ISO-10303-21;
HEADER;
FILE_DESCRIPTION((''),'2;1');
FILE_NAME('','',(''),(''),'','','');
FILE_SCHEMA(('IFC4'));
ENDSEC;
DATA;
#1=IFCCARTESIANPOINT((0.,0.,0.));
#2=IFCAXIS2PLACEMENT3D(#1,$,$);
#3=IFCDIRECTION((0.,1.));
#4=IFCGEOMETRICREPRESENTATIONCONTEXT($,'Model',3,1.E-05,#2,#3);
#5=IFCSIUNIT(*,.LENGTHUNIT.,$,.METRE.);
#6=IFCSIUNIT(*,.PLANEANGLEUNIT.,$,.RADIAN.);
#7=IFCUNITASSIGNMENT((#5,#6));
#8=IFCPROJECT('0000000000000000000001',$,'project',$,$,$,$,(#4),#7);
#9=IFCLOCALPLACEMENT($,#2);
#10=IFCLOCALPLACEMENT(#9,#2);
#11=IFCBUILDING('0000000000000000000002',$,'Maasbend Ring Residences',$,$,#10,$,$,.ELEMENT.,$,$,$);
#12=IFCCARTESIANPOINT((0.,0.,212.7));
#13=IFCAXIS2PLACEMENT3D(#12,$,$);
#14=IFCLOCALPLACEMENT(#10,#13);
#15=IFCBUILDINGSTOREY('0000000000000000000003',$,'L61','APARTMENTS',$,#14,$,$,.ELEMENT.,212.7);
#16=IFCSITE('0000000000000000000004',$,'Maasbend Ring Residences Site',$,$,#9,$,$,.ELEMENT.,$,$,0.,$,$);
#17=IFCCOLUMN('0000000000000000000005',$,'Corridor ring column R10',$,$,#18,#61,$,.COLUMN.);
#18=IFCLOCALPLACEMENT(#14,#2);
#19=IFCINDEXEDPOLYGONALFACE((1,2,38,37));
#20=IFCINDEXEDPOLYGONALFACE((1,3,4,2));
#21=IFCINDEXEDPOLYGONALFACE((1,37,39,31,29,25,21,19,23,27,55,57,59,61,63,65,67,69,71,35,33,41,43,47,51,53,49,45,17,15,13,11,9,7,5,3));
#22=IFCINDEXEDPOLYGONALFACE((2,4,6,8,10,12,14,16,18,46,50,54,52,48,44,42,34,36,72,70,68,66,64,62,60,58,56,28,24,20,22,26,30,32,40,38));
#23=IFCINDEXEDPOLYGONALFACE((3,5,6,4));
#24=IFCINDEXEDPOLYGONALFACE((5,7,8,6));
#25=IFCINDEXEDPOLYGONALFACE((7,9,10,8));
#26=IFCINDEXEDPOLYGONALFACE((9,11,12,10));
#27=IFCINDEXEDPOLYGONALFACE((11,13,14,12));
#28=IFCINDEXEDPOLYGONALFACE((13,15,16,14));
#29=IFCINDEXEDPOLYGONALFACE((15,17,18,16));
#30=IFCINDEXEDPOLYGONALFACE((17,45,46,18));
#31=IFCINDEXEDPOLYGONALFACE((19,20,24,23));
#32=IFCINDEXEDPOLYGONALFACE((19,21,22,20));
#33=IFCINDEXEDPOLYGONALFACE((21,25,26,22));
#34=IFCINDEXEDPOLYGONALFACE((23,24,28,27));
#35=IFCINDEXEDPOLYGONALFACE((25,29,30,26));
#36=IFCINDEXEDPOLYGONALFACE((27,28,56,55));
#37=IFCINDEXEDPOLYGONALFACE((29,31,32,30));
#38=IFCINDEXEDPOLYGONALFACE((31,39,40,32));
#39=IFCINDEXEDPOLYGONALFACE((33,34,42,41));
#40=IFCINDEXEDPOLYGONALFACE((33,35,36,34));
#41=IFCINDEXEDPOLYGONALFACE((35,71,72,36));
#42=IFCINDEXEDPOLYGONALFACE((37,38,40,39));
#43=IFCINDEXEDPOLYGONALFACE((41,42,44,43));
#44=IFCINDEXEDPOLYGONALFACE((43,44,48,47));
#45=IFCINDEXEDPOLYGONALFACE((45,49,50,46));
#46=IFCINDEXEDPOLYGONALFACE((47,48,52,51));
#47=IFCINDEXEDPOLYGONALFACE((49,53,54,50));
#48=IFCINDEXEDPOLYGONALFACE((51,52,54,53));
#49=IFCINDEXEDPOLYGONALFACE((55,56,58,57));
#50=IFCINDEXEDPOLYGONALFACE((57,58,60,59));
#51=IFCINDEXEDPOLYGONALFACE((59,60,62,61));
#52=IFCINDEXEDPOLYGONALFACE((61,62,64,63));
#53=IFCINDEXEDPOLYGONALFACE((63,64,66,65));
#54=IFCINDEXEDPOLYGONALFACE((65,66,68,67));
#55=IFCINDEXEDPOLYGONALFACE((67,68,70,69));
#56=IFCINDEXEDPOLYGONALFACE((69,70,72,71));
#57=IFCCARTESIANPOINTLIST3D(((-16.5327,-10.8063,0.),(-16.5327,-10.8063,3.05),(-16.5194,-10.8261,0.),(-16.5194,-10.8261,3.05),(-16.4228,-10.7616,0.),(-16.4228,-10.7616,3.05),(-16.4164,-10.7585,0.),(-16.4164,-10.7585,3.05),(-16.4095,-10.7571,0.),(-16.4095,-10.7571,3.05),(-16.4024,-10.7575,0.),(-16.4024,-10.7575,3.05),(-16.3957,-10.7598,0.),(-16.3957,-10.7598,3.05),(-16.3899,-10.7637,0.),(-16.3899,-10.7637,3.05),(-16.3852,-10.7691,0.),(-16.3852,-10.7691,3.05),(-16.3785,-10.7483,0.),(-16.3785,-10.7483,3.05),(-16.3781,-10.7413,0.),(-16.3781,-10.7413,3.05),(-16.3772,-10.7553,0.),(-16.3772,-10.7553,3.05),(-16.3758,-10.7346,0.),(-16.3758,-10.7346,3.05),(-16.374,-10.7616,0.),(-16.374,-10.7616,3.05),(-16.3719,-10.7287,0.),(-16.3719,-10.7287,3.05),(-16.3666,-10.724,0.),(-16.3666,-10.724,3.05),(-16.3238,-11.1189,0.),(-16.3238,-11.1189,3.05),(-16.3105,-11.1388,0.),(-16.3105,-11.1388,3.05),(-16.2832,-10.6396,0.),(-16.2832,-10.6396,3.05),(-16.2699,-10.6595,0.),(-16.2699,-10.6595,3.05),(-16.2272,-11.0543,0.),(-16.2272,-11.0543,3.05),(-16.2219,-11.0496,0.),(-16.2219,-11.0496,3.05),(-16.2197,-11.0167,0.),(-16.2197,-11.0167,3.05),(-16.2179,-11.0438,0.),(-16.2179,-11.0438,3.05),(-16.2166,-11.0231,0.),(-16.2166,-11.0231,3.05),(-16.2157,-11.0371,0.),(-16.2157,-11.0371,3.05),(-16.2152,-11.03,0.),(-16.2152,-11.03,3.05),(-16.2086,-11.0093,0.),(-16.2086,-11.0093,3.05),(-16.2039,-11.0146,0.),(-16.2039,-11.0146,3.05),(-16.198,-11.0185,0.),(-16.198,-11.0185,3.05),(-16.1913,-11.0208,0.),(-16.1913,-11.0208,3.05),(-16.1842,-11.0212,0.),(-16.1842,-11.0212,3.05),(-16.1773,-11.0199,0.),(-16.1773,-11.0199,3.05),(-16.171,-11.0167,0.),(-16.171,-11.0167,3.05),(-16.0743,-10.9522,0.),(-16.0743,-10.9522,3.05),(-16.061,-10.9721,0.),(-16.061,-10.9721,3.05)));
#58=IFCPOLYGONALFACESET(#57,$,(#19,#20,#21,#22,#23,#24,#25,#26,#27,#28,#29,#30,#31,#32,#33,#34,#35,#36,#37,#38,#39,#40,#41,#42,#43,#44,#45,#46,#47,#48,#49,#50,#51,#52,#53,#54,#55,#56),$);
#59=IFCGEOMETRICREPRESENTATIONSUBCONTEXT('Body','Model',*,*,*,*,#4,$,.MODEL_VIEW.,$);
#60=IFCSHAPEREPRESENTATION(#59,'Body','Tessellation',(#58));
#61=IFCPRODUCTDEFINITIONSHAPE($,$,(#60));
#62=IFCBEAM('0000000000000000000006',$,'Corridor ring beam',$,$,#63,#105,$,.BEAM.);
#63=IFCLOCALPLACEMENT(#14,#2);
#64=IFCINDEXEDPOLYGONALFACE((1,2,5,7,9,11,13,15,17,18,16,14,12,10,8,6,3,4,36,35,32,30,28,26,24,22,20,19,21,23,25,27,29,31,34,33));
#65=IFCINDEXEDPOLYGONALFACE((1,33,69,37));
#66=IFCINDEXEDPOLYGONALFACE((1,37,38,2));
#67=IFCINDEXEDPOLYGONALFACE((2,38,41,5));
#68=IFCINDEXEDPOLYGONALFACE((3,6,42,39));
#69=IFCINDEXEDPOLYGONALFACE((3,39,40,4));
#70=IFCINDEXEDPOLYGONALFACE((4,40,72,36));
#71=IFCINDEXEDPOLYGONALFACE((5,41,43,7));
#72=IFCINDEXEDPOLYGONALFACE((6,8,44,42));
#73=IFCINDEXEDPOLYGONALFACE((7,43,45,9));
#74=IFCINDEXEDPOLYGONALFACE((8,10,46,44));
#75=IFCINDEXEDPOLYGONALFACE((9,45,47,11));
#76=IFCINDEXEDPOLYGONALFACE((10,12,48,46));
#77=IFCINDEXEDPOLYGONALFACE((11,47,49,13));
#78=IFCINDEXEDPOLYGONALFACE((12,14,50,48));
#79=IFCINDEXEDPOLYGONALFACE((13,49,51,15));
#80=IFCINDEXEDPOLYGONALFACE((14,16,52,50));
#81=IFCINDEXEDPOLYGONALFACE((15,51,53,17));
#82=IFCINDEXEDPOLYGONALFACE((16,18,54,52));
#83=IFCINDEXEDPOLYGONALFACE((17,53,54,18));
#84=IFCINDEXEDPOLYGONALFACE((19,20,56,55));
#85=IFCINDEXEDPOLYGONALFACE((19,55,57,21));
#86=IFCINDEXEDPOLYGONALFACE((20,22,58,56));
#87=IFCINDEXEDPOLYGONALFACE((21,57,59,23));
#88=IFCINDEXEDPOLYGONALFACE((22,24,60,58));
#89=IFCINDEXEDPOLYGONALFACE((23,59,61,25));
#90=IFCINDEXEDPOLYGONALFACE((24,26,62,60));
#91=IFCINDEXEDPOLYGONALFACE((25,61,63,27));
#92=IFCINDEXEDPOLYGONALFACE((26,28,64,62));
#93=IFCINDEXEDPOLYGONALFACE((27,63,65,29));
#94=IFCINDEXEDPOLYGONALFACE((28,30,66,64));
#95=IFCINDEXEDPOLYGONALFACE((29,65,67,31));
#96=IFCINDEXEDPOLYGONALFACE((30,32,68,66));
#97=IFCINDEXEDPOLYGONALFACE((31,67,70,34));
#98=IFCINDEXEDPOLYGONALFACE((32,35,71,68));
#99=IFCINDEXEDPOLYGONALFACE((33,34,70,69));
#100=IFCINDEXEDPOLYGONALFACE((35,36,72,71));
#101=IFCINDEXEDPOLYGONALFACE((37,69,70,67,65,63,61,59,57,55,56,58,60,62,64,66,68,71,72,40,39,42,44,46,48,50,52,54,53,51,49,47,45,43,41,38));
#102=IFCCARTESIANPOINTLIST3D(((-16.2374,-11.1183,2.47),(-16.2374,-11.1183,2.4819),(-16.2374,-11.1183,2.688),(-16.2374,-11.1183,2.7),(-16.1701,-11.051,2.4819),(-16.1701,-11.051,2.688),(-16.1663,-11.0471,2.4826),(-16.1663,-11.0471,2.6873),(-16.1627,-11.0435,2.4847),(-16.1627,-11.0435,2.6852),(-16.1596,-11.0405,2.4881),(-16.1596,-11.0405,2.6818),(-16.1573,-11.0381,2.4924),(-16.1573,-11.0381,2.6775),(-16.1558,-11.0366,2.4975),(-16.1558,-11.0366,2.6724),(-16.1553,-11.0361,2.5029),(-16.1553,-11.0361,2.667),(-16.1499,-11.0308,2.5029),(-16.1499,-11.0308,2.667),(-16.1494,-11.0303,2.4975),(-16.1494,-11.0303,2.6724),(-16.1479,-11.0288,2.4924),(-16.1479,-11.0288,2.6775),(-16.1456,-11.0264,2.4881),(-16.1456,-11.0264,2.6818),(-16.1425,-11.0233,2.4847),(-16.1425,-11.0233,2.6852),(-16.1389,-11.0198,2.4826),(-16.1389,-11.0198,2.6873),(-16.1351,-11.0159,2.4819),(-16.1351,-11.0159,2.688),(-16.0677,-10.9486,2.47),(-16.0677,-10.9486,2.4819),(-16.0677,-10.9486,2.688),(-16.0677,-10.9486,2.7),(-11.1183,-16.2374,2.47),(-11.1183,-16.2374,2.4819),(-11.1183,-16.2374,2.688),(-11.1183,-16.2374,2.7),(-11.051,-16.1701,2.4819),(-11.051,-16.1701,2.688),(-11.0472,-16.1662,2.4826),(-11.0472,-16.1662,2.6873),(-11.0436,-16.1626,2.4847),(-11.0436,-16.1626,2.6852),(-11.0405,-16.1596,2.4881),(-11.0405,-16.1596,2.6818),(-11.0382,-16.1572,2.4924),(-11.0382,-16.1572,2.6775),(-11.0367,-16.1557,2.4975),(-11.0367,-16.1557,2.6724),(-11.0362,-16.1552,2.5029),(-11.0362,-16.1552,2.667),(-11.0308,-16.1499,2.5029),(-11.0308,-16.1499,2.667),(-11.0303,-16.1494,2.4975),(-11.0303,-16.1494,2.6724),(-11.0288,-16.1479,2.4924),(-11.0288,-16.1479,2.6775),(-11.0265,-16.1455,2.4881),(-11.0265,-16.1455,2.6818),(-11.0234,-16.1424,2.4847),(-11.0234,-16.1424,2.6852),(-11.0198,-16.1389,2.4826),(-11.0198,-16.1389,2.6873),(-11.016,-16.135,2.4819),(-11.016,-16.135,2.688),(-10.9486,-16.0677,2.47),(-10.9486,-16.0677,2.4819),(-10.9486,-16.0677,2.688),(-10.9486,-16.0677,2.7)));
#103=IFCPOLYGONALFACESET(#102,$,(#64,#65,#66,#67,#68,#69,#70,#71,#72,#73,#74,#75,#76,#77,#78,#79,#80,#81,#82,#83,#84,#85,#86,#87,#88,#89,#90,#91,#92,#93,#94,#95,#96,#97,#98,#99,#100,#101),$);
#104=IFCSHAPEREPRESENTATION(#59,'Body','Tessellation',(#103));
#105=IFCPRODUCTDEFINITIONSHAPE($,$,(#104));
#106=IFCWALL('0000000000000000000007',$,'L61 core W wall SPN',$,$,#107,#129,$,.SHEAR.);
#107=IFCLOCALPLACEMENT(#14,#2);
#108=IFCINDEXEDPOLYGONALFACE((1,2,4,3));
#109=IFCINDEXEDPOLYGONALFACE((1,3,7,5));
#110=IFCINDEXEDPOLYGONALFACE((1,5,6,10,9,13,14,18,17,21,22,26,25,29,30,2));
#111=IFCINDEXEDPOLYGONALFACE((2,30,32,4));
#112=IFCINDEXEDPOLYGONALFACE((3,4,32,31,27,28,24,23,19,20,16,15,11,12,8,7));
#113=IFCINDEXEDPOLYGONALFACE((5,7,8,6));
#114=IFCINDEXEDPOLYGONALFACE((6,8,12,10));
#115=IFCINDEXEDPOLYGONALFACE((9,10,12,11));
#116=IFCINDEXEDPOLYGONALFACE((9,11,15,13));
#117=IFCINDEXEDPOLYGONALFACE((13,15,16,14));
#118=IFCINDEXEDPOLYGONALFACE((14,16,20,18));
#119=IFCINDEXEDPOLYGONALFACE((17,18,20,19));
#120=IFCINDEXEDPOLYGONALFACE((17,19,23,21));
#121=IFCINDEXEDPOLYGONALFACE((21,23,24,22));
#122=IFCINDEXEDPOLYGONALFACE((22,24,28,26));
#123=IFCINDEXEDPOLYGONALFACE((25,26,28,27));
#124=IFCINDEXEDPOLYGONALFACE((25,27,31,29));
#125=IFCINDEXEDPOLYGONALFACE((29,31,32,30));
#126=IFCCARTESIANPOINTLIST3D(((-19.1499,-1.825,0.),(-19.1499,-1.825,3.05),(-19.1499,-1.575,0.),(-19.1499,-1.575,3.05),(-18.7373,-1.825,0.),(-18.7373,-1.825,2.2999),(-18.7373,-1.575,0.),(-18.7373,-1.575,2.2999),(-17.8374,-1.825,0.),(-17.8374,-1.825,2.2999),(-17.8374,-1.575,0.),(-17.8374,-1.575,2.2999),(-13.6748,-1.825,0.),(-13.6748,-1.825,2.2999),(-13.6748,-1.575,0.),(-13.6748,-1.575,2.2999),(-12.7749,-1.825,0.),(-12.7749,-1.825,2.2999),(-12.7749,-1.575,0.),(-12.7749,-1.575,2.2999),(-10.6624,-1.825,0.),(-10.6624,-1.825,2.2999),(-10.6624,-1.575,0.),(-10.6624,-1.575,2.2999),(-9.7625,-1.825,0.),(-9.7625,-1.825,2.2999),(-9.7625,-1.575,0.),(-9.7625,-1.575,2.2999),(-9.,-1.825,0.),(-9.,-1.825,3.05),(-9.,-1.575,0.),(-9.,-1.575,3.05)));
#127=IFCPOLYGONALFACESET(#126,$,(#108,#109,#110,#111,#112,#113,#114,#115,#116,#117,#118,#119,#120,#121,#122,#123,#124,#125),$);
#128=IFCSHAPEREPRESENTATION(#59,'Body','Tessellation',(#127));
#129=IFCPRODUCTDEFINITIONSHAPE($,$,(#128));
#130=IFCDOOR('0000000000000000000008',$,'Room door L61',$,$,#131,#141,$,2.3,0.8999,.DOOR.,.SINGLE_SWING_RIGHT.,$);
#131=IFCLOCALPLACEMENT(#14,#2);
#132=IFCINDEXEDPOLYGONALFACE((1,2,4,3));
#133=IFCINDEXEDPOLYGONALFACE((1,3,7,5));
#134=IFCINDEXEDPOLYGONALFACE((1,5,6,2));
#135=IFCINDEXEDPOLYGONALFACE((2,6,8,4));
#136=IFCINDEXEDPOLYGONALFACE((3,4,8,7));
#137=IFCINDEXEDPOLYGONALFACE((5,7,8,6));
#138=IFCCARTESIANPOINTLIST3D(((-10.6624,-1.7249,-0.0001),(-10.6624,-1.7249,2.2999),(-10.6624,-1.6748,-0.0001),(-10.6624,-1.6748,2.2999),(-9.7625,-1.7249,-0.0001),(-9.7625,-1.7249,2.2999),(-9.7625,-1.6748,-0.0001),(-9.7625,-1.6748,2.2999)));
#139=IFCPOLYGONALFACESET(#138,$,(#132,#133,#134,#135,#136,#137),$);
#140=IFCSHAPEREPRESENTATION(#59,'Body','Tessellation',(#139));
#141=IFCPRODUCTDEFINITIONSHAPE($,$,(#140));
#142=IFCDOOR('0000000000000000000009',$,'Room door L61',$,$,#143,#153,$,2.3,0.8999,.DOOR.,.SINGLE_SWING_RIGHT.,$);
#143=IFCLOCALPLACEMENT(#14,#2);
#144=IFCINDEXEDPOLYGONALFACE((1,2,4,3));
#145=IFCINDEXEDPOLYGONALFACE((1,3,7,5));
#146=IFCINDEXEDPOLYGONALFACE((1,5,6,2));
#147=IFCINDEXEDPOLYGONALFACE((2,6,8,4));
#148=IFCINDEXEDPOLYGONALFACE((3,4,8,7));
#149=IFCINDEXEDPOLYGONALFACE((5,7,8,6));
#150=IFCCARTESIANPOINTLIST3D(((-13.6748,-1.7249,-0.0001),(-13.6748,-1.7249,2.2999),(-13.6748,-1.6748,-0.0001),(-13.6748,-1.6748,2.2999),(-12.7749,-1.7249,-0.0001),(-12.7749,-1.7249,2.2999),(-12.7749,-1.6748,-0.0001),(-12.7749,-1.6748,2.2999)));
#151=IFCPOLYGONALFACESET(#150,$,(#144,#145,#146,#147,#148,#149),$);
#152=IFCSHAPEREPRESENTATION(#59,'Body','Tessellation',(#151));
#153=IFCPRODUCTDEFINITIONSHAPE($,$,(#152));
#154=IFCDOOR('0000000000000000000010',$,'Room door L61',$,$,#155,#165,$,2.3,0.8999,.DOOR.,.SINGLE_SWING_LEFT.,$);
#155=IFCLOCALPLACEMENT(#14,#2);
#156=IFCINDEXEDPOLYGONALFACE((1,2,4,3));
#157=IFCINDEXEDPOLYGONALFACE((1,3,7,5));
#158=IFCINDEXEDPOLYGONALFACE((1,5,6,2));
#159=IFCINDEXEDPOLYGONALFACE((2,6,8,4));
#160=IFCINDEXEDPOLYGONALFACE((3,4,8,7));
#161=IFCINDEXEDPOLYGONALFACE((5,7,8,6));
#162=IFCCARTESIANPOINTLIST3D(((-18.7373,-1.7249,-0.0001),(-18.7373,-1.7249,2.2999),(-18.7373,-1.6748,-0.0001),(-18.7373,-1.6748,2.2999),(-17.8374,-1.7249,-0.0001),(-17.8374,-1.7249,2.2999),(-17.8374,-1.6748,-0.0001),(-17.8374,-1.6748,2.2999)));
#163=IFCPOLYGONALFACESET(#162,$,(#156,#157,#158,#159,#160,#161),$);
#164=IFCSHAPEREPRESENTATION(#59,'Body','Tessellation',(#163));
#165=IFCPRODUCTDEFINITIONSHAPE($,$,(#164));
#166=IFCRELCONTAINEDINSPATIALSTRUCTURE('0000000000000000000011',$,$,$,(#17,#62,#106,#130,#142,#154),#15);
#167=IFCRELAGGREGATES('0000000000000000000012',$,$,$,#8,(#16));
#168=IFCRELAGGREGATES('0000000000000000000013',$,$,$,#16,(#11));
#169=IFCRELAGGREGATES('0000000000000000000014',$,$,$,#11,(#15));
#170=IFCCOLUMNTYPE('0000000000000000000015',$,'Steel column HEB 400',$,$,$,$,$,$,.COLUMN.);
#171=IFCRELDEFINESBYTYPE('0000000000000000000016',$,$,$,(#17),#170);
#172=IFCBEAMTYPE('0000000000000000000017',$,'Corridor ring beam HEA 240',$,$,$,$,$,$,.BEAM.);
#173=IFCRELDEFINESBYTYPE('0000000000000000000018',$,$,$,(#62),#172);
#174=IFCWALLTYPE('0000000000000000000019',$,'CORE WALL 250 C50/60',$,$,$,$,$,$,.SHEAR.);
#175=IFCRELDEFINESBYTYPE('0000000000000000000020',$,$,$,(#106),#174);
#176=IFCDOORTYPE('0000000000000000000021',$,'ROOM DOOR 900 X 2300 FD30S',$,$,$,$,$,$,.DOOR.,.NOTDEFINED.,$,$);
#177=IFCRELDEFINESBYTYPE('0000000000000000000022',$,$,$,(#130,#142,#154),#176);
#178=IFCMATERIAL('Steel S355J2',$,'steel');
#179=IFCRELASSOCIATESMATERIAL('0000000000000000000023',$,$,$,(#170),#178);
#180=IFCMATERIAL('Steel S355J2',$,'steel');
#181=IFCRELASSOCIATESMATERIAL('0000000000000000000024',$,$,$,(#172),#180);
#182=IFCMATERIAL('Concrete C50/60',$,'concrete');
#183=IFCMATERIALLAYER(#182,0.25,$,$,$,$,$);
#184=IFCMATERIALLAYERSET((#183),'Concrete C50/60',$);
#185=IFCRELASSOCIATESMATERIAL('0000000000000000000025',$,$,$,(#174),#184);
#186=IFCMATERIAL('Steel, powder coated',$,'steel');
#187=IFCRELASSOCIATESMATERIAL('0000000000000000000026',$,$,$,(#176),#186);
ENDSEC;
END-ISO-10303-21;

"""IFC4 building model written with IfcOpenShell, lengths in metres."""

from ifc_helpers import new_model, si_unit, direction, frame, frame_2d, origin, origin_2d, place, context, subcontext, project, spatial, rectangle, i_section, extrude, material, layer, layer_set, material_profile, profile_set, type_object, element, fill, save


model = new_model("IFC4")

# Units and contexts
model_context = context("Model", 3, precision=1e-05, world=origin(), true_north=direction((0.0, 1.0)))
body_context = subcontext(model_context, "Body", "Model", "MODEL_VIEW")
ifc_project = project(units=[si_unit("LENGTHUNIT", "METRE"), si_unit("PLANEANGLEUNIT", "RADIAN")], contexts=[model_context])

# Site, building, storey
site_placement = place(None, origin())
site = spatial("IfcSite", under=ifc_project, at=site_placement, Name="Maasbend Ring Residences Site", CompositionType="ELEMENT", RefElevation=0.0)
building_placement = place(site_placement, origin())
building = spatial("IfcBuilding", under=site, at=building_placement, Name="Maasbend Ring Residences", CompositionType="ELEMENT")
storey_placement = place(building_placement, frame((0.0, 0.0, 212.7)))
storey = spatial("IfcBuildingStorey", under=building, at=storey_placement, Name="L61", Description="APARTMENTS", CompositionType="ELEMENT", Elevation=212.7)

# Column
ifc_material_1 = material(Name="Steel S355J2", Category="steel")
ifc_material_profile_1 = material_profile(ifc_material_1, i_section(OverallWidth=0.3, OverallDepth=0.3999, WebThickness=0.0134, FlangeThickness=0.0239, FilletRadius=0.0271, at=origin_2d()), Name="HEB 400")
ifc_profile_set_1 = profile_set([ifc_material_profile_1], Name="Steel S355J2")
column_type = type_object("IfcColumnType", Name="Steel column HEB 400", PredefinedType="COLUMN", material=ifc_profile_set_1)
column_placement = place(storey_placement, frame((-16.2969, -10.8892, 0.0), z_axis=(0.0, 0.0, 1.0), x_axis=(-0.83147, -0.55557, 0.0)))
element("IfcColumn", 1, at=column_placement, inside=storey, type_object=column_type, Name="Corridor ring column R10", PredefinedType="COLUMN", context=body_context, shape_type="SweptSolid", body=[
    extrude(i_section(OverallWidth=0.3, OverallDepth=0.3999, WebThickness=0.0134, FlangeThickness=0.0239, FilletRadius=0.0271, at=origin_2d()), origin(), (0.0, 0.0, 1.0), 3.05),
])

# Beam
ifc_material_2 = material(Name="Steel S355J2", Category="steel")
ifc_material_profile_2 = material_profile(ifc_material_2, i_section(OverallWidth=0.24, OverallDepth=0.23, WebThickness=0.0076, FlangeThickness=0.012, FilletRadius=0.021, at=origin_2d()), Name="HEA 240")
ifc_profile_set_2 = profile_set([ifc_material_profile_2], Name="Steel S355J2")
beam_type = type_object("IfcBeamType", Name="Corridor ring beam HEA 240", PredefinedType="BEAM", material=ifc_profile_set_2)
beam_placement = place(storey_placement, frame((-16.1526, -11.0334, 2.585), z_axis=(0.707107, -0.707107, 0.0), x_axis=(0.707107, 0.707107, 0.0)))
element("IfcBeam", 2, at=beam_placement, inside=storey, type_object=beam_type, Name="Corridor ring beam", PredefinedType="BEAM", context=body_context, shape_type="SweptSolid", body=[
    extrude(i_section(OverallWidth=0.24, OverallDepth=0.23, WebThickness=0.0076, FlangeThickness=0.012, FilletRadius=0.021, at=origin_2d()), origin(), (0.0, 0.0, 1.0), 7.2395),
])

# Wall, openings, doors
ifc_material_3 = material(Name="Concrete C50/60", Category="concrete")
ifc_layer_1 = layer(ifc_material_3, 0.25)
ifc_layer_set_1 = layer_set([ifc_layer_1], Name="Concrete C50/60")
wall_type_1 = type_object("IfcWallType", Name="CORE WALL 250 C50/60", PredefinedType="SHEAR", material=ifc_layer_set_1)
wall_1_placement = place(storey_placement, frame((-9.0, -1.7, 0.0), z_axis=(0.0, 0.0, 1.0), x_axis=(-1.0, 0.0, 0.0)))
wall_1 = element("IfcWall", 3, at=wall_1_placement, inside=storey, type_object=wall_type_1, Name="L61 core W wall SPN", PredefinedType="SHEAR", context=body_context, shape_type="SweptSolid", body=[
    extrude(rectangle(XDim=10.1499, YDim=0.25, at=frame_2d((5.075, 0.0))), origin(), (0.0, 0.0, 1.0), 3.05),
])
opening_1_placement = place(wall_1_placement, frame((0.7625, 0.0, 0.0)))
opening_1 = element("IfcOpeningElement", 4, at=opening_1_placement, cuts=wall_1, PredefinedType="OPENING", context=body_context, shape_type="SweptSolid", body=[
    extrude(rectangle(XDim=0.8999, YDim=2.3, at=frame_2d((0.45, 1.1499))), frame((0.0, 0.135, 0.0), z_axis=(0.0, -1.0, 0.0), x_axis=(1.0, 0.0, 0.0)), (0.0, 0.0, 1.0), 0.27),
])
opening_2_placement = place(wall_1_placement, frame((3.7749, 0.0, 0.0)))
opening_2 = element("IfcOpeningElement", 5, at=opening_2_placement, cuts=wall_1, PredefinedType="OPENING", context=body_context, shape_type="SweptSolid", body=[
    extrude(rectangle(XDim=0.8999, YDim=2.3, at=frame_2d((0.45, 1.1499))), frame((0.0, 0.135, 0.0), z_axis=(0.0, -1.0, 0.0), x_axis=(1.0, 0.0, 0.0)), (0.0, 0.0, 1.0), 0.27),
])
opening_3_placement = place(wall_1_placement, frame((8.8374, 0.0, 0.0)))
opening_3 = element("IfcOpeningElement", 6, at=opening_3_placement, cuts=wall_1, PredefinedType="OPENING", context=body_context, shape_type="SweptSolid", body=[
    extrude(rectangle(XDim=0.8999, YDim=2.3, at=frame_2d((0.45, 1.1499))), frame((0.0, 0.135, 0.0), z_axis=(0.0, -1.0, 0.0), x_axis=(1.0, 0.0, 0.0)), (0.0, 0.0, 1.0), 0.27),
])
ifc_material_4 = material(Name="Steel, powder coated", Category="steel")
door_type_1 = type_object("IfcDoorType", Name="ROOM DOOR 900 X 2300 FD30S", OperationType="NOTDEFINED", PredefinedType="DOOR", material=ifc_material_4)
door_1_placement = place(opening_1_placement, origin())
door_1 = element("IfcDoor", 7, at=door_1_placement, inside=storey, type_object=door_type_1, Name="Room door L61", OperationType="SINGLE_SWING_RIGHT", OverallHeight=2.3, OverallWidth=0.8999, PredefinedType="DOOR", context=body_context, shape_type="SweptSolid", body=[
    extrude(rectangle(XDim=0.8999, YDim=2.3, at=frame_2d((0.45, 1.1499))), frame((0.0, 0.0249, 0.0), z_axis=(0.0, -1.0, 0.0), x_axis=(1.0, 0.0, 0.0)), (0.0, 0.0, 1.0), 0.05),
])
fill(opening_1, door_1)
door_2_placement = place(opening_2_placement, origin())
door_2 = element("IfcDoor", 8, at=door_2_placement, inside=storey, type_object=door_type_1, Name="Room door L61", OperationType="SINGLE_SWING_RIGHT", OverallHeight=2.3, OverallWidth=0.8999, PredefinedType="DOOR", context=body_context, shape_type="SweptSolid", body=[
    extrude(rectangle(XDim=0.8999, YDim=2.3, at=frame_2d((0.45, 1.1499))), frame((0.0, 0.0249, 0.0), z_axis=(0.0, -1.0, 0.0), x_axis=(1.0, 0.0, 0.0)), (0.0, 0.0, 1.0), 0.05),
])
fill(opening_2, door_2)
door_3_placement = place(opening_3_placement, origin())
door_3 = element("IfcDoor", 9, at=door_3_placement, inside=storey, type_object=door_type_1, Name="Room door L61", OperationType="SINGLE_SWING_LEFT", OverallHeight=2.3, OverallWidth=0.8999, PredefinedType="DOOR", context=body_context, shape_type="SweptSolid", body=[
    extrude(rectangle(XDim=0.8999, YDim=2.3, at=frame_2d((0.45, 1.1499))), frame((0.0, 0.0249, 0.0), z_axis=(0.0, -1.0, 0.0), x_axis=(1.0, 0.0, 0.0)), (0.0, 0.0, 1.0), 0.05),
])
fill(opening_3, door_3)

save(model, "model.ifc")
